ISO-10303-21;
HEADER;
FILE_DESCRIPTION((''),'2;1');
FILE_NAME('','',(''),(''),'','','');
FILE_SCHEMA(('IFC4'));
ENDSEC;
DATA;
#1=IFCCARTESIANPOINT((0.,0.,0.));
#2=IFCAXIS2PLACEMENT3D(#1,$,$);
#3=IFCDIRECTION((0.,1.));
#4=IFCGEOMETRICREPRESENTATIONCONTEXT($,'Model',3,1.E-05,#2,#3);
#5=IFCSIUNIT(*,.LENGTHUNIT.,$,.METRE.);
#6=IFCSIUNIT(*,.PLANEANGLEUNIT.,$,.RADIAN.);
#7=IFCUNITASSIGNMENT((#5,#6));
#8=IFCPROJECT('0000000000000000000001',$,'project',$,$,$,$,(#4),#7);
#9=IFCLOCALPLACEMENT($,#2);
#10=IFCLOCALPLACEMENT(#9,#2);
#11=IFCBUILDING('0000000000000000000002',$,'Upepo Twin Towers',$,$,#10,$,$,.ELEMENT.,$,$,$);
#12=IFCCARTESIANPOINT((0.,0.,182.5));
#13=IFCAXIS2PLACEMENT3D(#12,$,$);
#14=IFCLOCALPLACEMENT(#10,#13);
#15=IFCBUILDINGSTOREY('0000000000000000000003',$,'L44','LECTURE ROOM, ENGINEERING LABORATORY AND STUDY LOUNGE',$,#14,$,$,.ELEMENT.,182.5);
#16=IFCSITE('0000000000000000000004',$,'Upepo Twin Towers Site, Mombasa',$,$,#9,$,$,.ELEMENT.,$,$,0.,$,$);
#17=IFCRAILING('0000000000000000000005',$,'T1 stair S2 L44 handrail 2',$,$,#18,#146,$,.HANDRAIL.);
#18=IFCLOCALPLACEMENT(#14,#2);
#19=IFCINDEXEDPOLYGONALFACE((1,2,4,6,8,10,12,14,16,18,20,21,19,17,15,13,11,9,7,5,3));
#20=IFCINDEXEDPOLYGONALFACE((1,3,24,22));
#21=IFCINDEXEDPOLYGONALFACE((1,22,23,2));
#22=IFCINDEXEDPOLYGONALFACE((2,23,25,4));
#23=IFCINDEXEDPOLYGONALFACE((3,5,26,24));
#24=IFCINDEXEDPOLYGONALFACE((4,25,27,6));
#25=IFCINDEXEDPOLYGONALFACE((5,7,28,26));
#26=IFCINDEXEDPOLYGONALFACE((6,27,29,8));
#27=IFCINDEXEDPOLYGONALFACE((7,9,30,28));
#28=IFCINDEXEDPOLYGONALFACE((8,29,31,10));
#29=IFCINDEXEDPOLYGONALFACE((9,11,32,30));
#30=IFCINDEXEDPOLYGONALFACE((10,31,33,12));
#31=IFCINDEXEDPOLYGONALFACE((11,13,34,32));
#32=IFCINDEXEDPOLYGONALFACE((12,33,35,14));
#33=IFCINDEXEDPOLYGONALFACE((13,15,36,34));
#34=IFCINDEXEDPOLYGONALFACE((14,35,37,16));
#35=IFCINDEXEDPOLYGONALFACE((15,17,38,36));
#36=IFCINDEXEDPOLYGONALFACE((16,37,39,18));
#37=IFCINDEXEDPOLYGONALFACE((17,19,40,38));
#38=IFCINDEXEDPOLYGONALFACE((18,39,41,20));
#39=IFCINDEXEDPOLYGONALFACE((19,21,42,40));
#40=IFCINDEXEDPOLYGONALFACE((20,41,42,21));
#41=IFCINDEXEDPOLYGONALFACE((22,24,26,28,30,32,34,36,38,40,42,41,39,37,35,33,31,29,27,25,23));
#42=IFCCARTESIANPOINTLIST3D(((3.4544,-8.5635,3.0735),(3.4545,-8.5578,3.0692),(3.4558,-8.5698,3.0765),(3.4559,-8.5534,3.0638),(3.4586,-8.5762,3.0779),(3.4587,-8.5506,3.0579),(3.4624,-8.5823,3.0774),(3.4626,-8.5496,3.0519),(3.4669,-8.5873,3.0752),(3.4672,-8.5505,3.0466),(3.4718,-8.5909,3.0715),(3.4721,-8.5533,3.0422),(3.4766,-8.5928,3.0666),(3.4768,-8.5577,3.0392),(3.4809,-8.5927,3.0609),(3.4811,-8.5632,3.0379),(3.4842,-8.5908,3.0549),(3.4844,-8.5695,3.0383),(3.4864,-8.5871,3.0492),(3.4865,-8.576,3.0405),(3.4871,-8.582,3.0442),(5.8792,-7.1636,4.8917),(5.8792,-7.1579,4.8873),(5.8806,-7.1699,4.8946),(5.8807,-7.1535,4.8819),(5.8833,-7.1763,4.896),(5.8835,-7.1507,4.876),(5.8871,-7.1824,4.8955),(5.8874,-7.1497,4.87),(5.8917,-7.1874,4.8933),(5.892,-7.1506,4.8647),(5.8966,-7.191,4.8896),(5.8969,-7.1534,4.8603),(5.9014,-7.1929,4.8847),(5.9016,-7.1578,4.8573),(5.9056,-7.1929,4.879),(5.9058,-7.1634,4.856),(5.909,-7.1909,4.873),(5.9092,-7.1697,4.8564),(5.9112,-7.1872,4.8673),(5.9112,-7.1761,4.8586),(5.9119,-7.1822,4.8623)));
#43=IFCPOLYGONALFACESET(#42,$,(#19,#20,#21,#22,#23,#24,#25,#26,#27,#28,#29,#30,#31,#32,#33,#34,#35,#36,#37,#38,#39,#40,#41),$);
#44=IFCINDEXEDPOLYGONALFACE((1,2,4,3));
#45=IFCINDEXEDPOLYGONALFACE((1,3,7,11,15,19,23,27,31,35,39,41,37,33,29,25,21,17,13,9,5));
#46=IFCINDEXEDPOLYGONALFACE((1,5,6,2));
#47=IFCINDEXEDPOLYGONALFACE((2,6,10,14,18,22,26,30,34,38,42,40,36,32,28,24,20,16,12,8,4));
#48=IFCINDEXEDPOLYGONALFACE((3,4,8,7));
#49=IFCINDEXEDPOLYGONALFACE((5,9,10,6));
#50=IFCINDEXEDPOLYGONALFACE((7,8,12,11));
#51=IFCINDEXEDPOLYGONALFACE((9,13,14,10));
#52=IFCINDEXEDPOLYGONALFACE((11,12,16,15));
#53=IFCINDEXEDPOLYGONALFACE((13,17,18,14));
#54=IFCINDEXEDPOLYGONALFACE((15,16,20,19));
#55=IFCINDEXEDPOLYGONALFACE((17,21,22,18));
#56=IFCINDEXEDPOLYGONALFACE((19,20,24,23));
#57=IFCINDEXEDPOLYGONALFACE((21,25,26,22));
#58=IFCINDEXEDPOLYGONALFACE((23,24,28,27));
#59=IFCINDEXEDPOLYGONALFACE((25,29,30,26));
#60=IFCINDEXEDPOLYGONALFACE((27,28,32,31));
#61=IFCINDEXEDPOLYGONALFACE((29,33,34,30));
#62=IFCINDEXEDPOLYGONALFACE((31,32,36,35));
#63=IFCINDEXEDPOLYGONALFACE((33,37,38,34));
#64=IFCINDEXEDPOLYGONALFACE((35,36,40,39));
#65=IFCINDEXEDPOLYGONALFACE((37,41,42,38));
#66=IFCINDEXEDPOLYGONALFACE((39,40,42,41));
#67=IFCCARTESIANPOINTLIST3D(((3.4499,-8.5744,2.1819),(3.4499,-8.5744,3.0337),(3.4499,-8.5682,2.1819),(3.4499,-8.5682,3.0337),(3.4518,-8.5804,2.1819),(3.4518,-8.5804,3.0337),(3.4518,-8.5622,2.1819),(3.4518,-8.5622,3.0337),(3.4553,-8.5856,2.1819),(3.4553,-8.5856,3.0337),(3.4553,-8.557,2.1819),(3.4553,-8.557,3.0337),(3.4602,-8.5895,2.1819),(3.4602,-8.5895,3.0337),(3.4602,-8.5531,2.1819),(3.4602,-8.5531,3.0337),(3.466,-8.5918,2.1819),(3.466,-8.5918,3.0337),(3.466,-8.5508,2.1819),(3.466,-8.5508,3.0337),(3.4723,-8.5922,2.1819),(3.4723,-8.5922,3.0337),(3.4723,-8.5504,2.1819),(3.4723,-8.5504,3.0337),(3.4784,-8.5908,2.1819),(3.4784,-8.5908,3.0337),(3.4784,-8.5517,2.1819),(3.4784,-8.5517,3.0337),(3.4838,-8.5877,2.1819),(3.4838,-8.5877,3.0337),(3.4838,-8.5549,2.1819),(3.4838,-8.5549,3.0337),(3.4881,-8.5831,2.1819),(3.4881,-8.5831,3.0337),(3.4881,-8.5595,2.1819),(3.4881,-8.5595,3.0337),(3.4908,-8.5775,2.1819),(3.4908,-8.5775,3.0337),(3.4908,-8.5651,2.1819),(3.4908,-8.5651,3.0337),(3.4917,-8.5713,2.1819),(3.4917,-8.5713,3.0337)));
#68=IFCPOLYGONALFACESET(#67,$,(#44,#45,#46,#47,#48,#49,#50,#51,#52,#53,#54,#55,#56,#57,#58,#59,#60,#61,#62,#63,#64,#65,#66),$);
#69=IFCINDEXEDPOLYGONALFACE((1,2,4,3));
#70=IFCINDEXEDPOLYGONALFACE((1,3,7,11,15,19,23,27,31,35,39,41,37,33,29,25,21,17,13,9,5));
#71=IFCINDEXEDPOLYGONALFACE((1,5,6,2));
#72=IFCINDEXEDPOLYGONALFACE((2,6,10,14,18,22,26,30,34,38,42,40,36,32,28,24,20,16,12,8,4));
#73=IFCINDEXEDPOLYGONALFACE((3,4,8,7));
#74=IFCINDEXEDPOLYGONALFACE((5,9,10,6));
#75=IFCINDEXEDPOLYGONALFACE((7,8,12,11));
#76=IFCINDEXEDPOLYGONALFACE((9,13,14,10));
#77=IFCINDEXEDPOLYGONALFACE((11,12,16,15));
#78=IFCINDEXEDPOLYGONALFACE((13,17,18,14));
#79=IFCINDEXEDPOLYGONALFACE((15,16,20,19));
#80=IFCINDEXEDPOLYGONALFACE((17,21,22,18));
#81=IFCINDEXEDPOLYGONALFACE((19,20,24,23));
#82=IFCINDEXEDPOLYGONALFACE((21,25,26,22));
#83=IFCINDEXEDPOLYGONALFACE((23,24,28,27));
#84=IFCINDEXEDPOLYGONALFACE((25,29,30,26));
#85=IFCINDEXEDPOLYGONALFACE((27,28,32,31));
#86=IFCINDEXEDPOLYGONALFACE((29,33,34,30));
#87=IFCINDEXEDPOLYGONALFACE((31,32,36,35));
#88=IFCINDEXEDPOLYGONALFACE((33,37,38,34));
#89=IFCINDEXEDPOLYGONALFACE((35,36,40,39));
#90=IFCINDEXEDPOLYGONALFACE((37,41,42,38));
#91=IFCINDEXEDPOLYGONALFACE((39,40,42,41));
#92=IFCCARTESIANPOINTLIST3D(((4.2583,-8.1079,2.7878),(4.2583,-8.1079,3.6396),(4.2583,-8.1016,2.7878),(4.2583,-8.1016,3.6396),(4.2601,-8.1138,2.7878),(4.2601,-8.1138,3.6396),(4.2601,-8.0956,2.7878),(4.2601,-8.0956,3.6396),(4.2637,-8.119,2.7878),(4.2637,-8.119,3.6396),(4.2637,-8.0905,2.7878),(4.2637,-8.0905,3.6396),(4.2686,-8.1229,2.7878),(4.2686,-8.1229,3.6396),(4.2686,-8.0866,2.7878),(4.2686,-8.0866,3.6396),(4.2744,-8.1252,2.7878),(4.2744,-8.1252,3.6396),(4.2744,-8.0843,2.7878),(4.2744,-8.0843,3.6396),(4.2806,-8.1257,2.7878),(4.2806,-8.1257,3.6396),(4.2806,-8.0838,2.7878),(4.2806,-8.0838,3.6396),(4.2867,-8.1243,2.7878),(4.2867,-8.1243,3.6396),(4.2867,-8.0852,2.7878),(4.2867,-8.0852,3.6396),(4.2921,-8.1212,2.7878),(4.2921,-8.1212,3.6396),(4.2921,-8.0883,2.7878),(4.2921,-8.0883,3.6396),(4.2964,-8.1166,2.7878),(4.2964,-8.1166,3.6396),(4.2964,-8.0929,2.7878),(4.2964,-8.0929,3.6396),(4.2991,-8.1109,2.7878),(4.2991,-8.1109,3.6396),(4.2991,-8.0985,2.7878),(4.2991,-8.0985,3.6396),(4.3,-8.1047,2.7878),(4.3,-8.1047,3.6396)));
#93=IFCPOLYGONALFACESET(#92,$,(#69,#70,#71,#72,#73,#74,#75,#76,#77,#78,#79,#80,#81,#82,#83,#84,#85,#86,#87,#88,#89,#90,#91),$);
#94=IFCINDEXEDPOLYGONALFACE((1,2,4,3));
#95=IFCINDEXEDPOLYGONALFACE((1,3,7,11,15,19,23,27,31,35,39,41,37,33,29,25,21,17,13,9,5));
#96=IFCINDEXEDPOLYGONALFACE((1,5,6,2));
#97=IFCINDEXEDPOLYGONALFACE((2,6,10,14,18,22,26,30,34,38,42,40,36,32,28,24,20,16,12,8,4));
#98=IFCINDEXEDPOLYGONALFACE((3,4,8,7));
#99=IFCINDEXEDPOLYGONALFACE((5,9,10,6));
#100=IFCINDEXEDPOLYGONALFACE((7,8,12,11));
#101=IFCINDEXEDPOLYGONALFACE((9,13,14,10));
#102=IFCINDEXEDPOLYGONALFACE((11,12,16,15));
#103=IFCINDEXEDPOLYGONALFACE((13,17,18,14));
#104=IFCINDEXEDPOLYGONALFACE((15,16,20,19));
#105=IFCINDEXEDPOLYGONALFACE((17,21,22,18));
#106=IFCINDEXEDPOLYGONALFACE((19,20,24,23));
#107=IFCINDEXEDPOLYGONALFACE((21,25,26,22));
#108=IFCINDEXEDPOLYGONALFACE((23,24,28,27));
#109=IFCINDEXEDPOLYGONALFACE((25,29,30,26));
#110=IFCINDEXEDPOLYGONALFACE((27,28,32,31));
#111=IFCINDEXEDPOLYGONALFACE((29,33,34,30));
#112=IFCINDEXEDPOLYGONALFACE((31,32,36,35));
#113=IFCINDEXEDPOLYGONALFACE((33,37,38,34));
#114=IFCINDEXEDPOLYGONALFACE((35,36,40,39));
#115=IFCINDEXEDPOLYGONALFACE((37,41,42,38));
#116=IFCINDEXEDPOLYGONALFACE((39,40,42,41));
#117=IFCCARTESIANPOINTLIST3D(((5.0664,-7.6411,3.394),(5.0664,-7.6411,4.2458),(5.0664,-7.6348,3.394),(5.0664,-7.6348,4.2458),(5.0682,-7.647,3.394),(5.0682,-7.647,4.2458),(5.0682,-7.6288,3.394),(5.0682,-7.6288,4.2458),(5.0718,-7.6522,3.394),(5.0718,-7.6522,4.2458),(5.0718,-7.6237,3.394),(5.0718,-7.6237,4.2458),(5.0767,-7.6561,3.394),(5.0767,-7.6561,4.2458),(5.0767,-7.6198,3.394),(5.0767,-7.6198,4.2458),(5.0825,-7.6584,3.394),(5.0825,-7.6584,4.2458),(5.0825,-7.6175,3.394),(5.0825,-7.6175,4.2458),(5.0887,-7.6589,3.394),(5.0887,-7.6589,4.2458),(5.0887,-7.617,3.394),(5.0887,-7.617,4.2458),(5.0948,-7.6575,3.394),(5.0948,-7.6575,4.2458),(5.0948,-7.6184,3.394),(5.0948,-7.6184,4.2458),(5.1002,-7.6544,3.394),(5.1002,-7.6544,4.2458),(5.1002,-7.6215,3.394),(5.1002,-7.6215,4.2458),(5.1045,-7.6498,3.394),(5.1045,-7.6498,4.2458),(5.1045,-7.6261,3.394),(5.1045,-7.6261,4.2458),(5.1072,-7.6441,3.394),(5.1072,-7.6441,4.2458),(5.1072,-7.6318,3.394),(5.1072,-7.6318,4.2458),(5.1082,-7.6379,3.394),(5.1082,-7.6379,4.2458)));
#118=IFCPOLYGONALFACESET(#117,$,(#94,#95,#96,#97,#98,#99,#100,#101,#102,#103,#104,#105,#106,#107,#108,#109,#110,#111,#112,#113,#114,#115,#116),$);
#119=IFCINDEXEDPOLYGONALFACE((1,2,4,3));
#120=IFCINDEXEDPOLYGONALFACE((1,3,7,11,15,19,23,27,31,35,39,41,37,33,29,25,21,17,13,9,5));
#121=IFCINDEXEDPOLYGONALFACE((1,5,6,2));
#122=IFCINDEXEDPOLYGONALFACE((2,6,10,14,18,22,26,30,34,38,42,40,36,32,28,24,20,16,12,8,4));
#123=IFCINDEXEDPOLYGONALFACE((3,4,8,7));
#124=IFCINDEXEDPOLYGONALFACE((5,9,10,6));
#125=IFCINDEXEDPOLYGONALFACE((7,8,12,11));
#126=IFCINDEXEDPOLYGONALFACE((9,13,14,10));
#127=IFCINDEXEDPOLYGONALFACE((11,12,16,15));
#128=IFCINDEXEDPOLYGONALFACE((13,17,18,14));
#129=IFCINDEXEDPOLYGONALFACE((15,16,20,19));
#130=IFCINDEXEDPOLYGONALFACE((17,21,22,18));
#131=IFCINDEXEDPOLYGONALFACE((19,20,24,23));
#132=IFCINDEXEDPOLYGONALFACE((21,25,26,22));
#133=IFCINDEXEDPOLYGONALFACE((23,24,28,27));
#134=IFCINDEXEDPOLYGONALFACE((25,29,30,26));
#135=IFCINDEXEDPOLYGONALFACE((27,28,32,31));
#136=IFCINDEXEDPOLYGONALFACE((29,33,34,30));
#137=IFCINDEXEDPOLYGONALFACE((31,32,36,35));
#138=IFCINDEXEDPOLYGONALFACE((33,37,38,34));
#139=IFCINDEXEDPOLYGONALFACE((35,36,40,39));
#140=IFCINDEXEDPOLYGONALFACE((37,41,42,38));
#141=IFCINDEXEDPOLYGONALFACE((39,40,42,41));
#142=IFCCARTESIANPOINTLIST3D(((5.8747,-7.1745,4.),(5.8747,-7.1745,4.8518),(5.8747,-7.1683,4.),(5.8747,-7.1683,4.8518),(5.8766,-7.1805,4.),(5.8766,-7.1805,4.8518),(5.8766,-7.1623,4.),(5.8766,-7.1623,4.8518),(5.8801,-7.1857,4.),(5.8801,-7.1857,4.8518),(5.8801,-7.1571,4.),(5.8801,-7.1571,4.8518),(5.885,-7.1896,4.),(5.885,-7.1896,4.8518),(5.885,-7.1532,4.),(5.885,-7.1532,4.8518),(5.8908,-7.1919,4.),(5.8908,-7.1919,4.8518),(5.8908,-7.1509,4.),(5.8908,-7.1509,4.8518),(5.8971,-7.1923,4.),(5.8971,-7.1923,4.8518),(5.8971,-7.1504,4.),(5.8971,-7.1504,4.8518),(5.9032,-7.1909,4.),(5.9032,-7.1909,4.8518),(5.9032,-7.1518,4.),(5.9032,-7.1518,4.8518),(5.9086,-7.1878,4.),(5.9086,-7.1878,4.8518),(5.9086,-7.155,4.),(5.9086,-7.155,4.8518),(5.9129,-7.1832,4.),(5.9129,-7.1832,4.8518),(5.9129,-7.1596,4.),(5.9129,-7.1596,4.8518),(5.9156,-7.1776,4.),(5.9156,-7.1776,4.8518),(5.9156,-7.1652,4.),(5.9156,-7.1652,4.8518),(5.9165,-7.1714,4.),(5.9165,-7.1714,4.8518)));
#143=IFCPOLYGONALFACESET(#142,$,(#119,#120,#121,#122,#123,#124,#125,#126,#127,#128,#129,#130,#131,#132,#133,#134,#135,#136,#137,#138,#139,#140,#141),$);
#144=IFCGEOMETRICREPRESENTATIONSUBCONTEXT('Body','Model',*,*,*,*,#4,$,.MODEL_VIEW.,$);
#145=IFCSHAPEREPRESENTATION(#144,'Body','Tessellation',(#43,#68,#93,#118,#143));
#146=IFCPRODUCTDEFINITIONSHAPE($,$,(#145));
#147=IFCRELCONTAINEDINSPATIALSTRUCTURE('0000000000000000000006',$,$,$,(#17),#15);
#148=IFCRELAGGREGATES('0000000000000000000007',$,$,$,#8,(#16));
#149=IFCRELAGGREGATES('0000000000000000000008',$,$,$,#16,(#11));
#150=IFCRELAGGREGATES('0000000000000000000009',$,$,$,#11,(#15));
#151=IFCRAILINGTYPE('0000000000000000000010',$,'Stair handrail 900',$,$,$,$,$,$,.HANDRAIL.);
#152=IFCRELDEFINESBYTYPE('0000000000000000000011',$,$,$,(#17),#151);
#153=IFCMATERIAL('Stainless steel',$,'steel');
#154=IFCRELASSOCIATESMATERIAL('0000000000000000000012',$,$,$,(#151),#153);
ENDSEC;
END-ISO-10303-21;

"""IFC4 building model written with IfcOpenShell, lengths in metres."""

from ifc_helpers import new_model, si_unit, direction, frame, origin, origin_2d, place, context, subcontext, project, spatial, circle, extrude, material, type_object, element, save


model = new_model("IFC4")

# Units and contexts
model_context = context("Model", 3, precision=1e-05, world=origin(), true_north=direction((0.0, 1.0)))
body_context = subcontext(model_context, "Body", "Model", "MODEL_VIEW")
ifc_project = project(units=[si_unit("LENGTHUNIT", "METRE"), si_unit("PLANEANGLEUNIT", "RADIAN")], contexts=[model_context])

# Site, building, storey
site_placement = place(None, origin())
site = spatial("IfcSite", under=ifc_project, at=site_placement, Name="Upepo Twin Towers Site, Mombasa", CompositionType="ELEMENT", RefElevation=0.0)
building_placement = place(site_placement, origin())
building = spatial("IfcBuilding", under=site, at=building_placement, Name="Upepo Twin Towers", CompositionType="ELEMENT")
storey_placement = place(building_placement, frame((0.0, 0.0, 182.5)))
storey = spatial("IfcBuildingStorey", under=building, at=storey_placement, Name="L44", Description="LECTURE ROOM, ENGINEERING LABORATORY AND STUDY LOUNGE", CompositionType="ELEMENT", Elevation=182.5)

# Railing
ifc_material_1 = material(Name="Stainless steel", Category="steel")
railing_type = type_object("IfcRailingType", Name="Stair handrail 900", PredefinedType="HANDRAIL", material=ifc_material_1)
railing_1_placement = place(storey_placement, frame((3.4707, -8.5713, 2.1819)))
element("IfcRailing", 1, at=railing_1_placement, inside=storey, type_object=railing_type, Name="T1 stair S2 L44 handrail 2", PredefinedType="HANDRAIL", context=body_context, shape_type="SweptSolid", body=[
    extrude(circle(Radius=0.0239, at=origin_2d()), frame((0.0, 0.0, 0.876), z_axis=(0.726336, 0.419333, 0.544606), x_axis=(-0.499984, 0.866035, 0.0)), (0.0, 0.0, 1.0), 3.3384),
    extrude(circle(Radius=0.021, at=origin_2d()), origin(), (0.0, 0.0, 1.0), 0.8518),
    extrude(circle(Radius=0.021, at=origin_2d()), frame((0.8083, 0.4666, 0.606)), (0.0, 0.0, 1.0), 0.8518),
    extrude(circle(Radius=0.021, at=origin_2d()), frame((1.6165, 0.9333, 1.2122)), (0.0, 0.0, 1.0), 0.8518),
    extrude(circle(Radius=0.021, at=origin_2d()), frame((2.4248, 1.3999, 1.8181)), (0.0, 0.0, 1.0), 0.8518),
])

save(model, "model.ifc")
